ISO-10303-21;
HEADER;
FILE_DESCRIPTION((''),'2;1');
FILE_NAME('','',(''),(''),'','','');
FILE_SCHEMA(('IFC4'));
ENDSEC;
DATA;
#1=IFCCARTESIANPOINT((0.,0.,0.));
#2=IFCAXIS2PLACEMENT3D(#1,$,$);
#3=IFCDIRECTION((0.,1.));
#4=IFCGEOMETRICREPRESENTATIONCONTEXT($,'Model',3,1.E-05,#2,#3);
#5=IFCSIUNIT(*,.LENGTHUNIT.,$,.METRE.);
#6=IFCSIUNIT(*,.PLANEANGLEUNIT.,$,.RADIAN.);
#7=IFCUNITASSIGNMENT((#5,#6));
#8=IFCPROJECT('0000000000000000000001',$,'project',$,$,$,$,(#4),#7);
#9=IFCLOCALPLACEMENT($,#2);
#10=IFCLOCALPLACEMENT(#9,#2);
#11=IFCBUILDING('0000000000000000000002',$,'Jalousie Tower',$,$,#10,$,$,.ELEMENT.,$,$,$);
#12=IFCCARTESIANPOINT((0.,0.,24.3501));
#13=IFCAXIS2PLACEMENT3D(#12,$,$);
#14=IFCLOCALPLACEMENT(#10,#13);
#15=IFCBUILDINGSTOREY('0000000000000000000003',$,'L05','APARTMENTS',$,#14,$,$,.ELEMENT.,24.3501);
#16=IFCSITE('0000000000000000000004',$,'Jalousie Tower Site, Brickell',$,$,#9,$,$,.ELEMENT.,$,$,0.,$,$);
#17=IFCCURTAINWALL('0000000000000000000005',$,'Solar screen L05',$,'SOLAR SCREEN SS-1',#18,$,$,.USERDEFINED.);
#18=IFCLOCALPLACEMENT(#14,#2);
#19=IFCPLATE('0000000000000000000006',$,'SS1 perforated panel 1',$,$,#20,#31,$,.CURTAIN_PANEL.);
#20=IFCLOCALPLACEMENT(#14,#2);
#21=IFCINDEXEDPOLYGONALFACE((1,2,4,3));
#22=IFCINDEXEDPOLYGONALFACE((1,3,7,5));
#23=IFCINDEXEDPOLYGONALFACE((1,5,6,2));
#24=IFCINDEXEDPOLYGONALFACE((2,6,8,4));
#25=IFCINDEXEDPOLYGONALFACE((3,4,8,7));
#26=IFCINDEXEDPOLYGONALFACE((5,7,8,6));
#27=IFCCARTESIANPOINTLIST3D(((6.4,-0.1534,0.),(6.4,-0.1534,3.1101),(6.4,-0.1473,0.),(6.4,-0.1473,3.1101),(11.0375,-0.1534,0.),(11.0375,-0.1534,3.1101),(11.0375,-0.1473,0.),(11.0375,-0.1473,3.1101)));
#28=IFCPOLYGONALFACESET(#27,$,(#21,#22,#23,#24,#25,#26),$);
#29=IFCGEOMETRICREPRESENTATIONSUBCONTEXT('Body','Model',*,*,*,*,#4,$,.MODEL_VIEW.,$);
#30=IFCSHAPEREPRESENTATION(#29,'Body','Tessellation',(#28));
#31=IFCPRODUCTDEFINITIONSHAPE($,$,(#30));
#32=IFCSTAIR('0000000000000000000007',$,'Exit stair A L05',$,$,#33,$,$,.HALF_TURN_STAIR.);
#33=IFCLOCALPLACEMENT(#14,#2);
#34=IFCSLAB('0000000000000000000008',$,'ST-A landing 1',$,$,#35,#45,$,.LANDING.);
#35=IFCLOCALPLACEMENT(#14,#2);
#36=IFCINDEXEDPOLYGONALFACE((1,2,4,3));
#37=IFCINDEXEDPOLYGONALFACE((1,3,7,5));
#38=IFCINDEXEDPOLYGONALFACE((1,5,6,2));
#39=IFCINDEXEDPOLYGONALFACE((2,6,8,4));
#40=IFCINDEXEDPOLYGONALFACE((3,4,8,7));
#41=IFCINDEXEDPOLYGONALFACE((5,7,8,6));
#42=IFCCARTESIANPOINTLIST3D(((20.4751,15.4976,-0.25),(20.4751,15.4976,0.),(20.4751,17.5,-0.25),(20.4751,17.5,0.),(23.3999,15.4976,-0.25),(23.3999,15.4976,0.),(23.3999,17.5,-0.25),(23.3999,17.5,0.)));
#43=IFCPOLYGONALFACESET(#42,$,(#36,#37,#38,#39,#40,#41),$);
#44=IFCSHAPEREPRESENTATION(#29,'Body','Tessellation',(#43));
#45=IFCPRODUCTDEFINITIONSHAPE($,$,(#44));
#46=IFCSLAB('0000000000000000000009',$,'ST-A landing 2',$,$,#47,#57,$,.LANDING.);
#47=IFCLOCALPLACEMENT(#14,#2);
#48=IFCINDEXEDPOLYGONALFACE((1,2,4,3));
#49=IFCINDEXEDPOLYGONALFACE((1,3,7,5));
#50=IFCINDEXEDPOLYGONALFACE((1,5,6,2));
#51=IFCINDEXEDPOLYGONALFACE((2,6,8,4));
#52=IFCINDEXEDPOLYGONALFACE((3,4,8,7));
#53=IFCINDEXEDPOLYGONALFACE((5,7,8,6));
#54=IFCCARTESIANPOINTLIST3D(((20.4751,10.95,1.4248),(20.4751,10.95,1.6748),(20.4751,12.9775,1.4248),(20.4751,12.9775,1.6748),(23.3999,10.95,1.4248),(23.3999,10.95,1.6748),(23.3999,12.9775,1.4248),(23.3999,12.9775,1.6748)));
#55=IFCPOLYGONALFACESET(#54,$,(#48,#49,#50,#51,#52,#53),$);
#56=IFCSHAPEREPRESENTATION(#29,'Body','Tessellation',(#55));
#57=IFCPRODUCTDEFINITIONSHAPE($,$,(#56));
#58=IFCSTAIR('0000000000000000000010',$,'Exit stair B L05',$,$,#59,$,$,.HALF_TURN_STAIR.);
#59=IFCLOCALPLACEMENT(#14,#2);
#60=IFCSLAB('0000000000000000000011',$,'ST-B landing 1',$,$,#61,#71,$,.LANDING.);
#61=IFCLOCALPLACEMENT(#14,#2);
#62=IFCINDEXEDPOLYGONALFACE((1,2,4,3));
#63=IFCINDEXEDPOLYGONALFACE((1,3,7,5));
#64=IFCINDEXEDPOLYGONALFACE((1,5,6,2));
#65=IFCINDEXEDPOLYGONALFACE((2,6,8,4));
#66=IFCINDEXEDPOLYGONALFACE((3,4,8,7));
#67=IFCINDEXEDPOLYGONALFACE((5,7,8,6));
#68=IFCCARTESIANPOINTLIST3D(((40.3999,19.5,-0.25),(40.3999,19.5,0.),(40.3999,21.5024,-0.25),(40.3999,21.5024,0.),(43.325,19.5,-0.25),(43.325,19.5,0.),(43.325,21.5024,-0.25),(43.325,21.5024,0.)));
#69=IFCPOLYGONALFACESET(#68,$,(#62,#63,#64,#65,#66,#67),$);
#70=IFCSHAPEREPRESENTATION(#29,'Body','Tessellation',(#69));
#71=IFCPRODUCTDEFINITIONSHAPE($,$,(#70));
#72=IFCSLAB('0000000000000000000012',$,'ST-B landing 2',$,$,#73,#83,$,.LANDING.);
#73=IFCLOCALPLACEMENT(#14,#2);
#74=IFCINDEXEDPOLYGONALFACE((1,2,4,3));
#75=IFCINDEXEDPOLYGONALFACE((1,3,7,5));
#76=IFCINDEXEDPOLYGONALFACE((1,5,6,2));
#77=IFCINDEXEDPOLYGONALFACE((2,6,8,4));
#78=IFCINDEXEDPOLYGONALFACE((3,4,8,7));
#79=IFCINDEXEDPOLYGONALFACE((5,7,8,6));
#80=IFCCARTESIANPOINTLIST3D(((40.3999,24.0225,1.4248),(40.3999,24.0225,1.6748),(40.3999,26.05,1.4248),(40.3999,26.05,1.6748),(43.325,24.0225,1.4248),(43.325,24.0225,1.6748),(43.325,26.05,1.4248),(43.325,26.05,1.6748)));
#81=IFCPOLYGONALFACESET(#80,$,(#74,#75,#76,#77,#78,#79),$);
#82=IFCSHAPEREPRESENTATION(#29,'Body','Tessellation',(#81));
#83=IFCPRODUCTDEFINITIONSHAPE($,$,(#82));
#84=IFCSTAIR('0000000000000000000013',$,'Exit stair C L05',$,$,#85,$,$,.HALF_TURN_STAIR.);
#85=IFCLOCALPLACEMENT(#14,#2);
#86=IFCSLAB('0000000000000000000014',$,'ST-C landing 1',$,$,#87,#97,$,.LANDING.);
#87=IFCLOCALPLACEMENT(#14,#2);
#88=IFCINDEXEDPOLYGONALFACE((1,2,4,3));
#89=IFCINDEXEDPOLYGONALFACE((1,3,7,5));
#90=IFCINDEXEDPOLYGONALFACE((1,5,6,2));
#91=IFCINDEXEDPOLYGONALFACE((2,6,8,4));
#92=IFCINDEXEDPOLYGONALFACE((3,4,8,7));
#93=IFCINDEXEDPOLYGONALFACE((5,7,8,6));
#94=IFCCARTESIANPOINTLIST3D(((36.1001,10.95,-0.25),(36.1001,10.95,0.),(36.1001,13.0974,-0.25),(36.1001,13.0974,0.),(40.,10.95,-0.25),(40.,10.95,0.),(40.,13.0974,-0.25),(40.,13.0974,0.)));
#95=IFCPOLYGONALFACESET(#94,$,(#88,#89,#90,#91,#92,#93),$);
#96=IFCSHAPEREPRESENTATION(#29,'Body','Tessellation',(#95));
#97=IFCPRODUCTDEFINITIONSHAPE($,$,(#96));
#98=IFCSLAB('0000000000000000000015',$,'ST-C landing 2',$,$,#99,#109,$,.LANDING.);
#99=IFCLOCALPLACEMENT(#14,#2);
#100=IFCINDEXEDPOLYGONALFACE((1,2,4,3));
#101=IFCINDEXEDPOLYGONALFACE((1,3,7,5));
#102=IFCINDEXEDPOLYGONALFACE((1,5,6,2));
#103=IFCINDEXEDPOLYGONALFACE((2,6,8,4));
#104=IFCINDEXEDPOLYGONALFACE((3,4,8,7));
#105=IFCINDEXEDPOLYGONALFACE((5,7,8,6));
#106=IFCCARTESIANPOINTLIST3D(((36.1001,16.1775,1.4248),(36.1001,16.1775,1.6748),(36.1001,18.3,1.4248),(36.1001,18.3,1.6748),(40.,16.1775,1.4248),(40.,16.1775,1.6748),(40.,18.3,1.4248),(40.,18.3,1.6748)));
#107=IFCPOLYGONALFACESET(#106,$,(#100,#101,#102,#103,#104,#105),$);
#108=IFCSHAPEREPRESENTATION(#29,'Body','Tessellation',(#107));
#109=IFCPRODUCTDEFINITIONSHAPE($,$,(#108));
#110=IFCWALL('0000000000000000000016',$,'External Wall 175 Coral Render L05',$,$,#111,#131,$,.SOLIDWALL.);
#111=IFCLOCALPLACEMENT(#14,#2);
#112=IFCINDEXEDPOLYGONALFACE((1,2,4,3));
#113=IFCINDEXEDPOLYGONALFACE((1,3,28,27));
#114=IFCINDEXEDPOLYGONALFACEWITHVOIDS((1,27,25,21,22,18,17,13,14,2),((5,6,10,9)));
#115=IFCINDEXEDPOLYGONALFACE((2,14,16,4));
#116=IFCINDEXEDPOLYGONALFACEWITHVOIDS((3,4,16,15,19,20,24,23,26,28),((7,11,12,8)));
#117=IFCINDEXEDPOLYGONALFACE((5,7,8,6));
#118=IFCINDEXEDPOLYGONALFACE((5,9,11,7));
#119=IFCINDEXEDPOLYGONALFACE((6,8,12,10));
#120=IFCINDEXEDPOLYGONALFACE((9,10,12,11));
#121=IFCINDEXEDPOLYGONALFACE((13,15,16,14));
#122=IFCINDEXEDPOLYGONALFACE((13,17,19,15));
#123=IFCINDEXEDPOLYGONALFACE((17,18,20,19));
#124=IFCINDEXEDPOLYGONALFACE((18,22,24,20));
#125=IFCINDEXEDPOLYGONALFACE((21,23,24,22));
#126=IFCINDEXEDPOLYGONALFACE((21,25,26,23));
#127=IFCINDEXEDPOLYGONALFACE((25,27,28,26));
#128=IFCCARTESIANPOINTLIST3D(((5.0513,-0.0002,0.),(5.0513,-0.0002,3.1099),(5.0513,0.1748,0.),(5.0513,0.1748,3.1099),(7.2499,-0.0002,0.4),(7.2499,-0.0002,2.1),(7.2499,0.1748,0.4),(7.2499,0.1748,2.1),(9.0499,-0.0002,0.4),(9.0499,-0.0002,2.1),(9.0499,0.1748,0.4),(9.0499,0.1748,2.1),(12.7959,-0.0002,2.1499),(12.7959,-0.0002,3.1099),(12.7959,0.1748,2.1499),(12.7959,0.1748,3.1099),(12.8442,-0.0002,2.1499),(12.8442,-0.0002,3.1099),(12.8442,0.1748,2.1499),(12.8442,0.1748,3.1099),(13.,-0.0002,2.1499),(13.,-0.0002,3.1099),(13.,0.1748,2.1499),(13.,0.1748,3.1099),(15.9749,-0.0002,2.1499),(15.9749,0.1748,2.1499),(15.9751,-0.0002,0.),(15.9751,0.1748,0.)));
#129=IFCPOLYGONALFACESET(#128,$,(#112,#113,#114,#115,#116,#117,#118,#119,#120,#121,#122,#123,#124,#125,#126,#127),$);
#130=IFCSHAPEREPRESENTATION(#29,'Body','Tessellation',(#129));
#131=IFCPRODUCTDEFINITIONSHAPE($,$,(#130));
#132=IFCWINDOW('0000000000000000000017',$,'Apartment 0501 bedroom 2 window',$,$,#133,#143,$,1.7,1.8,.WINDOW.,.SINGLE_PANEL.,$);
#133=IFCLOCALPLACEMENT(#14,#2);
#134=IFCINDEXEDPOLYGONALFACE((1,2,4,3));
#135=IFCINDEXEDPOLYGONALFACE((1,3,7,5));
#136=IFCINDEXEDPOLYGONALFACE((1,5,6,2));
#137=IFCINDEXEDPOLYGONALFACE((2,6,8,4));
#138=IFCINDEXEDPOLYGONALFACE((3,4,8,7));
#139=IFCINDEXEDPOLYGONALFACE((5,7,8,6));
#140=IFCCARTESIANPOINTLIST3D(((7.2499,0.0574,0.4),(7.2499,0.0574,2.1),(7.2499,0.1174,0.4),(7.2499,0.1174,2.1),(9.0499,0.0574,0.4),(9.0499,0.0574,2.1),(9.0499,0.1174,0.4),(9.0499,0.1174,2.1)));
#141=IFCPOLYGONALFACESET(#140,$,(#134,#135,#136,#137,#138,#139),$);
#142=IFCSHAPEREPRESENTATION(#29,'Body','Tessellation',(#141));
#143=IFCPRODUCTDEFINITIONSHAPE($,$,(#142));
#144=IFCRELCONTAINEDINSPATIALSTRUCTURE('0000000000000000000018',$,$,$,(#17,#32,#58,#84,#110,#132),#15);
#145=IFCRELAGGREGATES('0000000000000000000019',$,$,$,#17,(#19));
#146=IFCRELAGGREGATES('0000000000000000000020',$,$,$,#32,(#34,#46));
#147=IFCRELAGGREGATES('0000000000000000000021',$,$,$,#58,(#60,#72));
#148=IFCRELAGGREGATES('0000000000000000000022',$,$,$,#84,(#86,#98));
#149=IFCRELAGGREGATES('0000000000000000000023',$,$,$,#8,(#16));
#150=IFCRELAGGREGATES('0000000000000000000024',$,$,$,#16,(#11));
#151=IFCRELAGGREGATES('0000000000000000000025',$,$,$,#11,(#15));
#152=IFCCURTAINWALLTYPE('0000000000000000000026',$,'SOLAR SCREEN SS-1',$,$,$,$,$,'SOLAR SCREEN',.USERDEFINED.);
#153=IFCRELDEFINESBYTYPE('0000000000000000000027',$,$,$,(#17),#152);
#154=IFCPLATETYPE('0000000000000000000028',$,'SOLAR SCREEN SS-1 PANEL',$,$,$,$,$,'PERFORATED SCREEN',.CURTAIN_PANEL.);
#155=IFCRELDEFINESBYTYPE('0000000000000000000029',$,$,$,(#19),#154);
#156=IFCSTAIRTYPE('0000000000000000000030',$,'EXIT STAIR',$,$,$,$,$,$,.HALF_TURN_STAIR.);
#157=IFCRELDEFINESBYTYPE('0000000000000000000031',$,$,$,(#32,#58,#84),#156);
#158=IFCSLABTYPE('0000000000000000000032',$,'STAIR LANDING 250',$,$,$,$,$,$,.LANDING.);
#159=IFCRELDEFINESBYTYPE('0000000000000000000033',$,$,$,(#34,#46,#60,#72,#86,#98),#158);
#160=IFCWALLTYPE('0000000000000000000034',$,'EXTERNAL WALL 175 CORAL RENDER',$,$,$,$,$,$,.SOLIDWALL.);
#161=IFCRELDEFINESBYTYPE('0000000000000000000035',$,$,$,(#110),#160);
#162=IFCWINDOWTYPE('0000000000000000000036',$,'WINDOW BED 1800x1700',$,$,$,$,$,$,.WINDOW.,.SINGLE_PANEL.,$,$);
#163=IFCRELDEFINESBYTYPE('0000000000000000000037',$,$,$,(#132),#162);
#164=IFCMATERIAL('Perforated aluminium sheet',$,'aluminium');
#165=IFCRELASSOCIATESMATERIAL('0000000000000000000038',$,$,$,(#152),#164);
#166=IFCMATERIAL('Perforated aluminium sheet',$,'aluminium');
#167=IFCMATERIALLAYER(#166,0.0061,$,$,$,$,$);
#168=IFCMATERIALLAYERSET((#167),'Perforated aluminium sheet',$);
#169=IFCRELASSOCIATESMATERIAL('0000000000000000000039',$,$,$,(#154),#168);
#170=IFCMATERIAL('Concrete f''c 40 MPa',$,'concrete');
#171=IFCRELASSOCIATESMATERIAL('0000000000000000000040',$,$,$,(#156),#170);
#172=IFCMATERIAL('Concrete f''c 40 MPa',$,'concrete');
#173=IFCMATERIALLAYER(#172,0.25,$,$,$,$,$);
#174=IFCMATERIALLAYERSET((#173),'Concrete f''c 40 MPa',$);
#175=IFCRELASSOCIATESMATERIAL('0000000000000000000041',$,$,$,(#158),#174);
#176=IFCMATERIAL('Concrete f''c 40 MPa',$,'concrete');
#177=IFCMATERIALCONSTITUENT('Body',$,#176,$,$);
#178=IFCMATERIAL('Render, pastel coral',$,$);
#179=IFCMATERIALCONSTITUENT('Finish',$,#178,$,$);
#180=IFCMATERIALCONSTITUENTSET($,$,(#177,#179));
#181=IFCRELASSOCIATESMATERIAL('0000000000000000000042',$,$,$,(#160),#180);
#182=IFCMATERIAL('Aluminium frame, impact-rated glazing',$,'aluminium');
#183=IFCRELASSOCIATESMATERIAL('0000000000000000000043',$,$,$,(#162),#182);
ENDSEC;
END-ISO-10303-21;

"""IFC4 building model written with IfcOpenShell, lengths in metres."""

from ifc_helpers import new_model, si_unit, direction, frame, frame_2d, origin, origin_2d, place, context, subcontext, project, spatial, polyline, rectangle, outline, extrude, material, layer, layer_set, constituent, constituent_set, type_object, element, fill, aggregate, save


model = new_model("IFC4")

# Units and contexts
model_context = context("Model", 3, precision=1e-05, world=origin(), true_north=direction((0.0, 1.0)))
body_context = subcontext(model_context, "Body", "Model", "MODEL_VIEW")
ifc_project = project(units=[si_unit("LENGTHUNIT", "METRE"), si_unit("PLANEANGLEUNIT", "RADIAN")], contexts=[model_context])

# Site, building, storey
site_placement = place(None, origin())
site = spatial("IfcSite", under=ifc_project, at=site_placement, Name="Jalousie Tower Site, Brickell", CompositionType="ELEMENT", RefElevation=0.0)
building_placement = place(site_placement, origin())
building = spatial("IfcBuilding", under=site, at=building_placement, Name="Jalousie Tower", CompositionType="ELEMENT")
storey_placement = place(building_placement, frame((0.0, 0.0, 24.3501)))
storey = spatial("IfcBuildingStorey", under=building, at=storey_placement, Name="L05", Description="APARTMENTS", CompositionType="ELEMENT", Elevation=24.3501)

# Curtain wall
ifc_material_1 = material(Name="Perforated aluminium sheet", Category="aluminium")
curtain_wall_type_1 = type_object("IfcCurtainWallType", Name="SOLAR SCREEN SS-1", ElementType="SOLAR SCREEN", PredefinedType="USERDEFINED", material=ifc_material_1)
curtain_wall_1_placement = place(storey_placement, origin())
curtain_wall_1 = element("IfcCurtainWall", 1, at=curtain_wall_1_placement, inside=storey, type_object=curtain_wall_type_1, Name="Solar screen L05", ObjectType="SOLAR SCREEN SS-1", PredefinedType="USERDEFINED")

# Plate
ifc_material_2 = material(Name="Perforated aluminium sheet", Category="aluminium")
ifc_layer_1 = layer(ifc_material_2, 0.0061)
ifc_layer_set_1 = layer_set([ifc_layer_1], Name="Perforated aluminium sheet")
plate_type_1 = type_object("IfcPlateType", Name="SOLAR SCREEN SS-1 PANEL", ElementType="PERFORATED SCREEN", PredefinedType="CURTAIN_PANEL", material=ifc_layer_set_1)
plate_1_placement = place(storey_placement, frame((8.7188, -0.1504, 0.0), z_axis=(0.0, 0.0, 1.0), x_axis=(1.0, 0.0, 0.0)))
plate_1 = element("IfcPlate", 2, at=plate_1_placement, type_object=plate_type_1, Name="SS1 perforated panel 1", PredefinedType="CURTAIN_PANEL", context=body_context, shape_type="SweptSolid", body=[
    extrude(rectangle(XDim=4.6375, YDim=0.0061, at=origin_2d()), origin(), (0.0, 0.0, 1.0), 3.1101),
])
aggregate(curtain_wall_1, [plate_1])

# Stairs, slabs
ifc_material_3 = material(Name="Concrete f'c 40 MPa", Category="concrete")
stair_type = type_object("IfcStairType", Name="EXIT STAIR", PredefinedType="HALF_TURN_STAIR", material=ifc_material_3)
stair_1_placement = place(storey_placement, origin())
stair_1 = element("IfcStair", 3, at=stair_1_placement, inside=storey, type_object=stair_type, Name="Exit stair A L05", PredefinedType="HALF_TURN_STAIR")
ifc_material_4 = material(Name="Concrete f'c 40 MPa", Category="concrete")
ifc_layer_2 = layer(ifc_material_4, 0.25)
ifc_layer_set_2 = layer_set([ifc_layer_2], Name="Concrete f'c 40 MPa")
slab_type_1 = type_object("IfcSlabType", Name="STAIR LANDING 250", PredefinedType="LANDING", material=ifc_layer_set_2)
slab_1_placement = place(storey_placement, frame((0.0, 0.0, -0.25)))
slab_1 = element("IfcSlab", 4, at=slab_1_placement, type_object=slab_type_1, Name="ST-A landing 1", PredefinedType="LANDING", context=body_context, shape_type="SweptSolid", body=[
    extrude(outline(polyline([(20.4751, 15.4976), (23.3999, 15.4976), (23.3999, 17.5), (20.4751, 17.5), (20.4751, 15.4976)])), origin(), (0.0, 0.0, 1.0), 0.25),
])
slab_2_placement = place(storey_placement, frame((0.0, 0.0, 1.4248)))
slab_2 = element("IfcSlab", 5, at=slab_2_placement, type_object=slab_type_1, Name="ST-A landing 2", PredefinedType="LANDING", context=body_context, shape_type="SweptSolid", body=[
    extrude(outline(polyline([(20.4751, 10.95), (23.3999, 10.95), (23.3999, 12.9775), (20.4751, 12.9775), (20.4751, 10.95)])), origin(), (0.0, 0.0, 1.0), 0.25),
])
aggregate(stair_1, [slab_1, slab_2])
stair_2_placement = place(storey_placement, origin())
stair_2 = element("IfcStair", 6, at=stair_2_placement, inside=storey, type_object=stair_type, Name="Exit stair B L05", PredefinedType="HALF_TURN_STAIR")
slab_3_placement = place(storey_placement, frame((0.0, 0.0, -0.25)))
slab_3 = element("IfcSlab", 7, at=slab_3_placement, type_object=slab_type_1, Name="ST-B landing 1", PredefinedType="LANDING", context=body_context, shape_type="SweptSolid", body=[
    extrude(outline(polyline([(40.3999, 19.5), (43.325, 19.5), (43.325, 21.5024), (40.3999, 21.5024), (40.3999, 19.5)])), origin(), (0.0, 0.0, 1.0), 0.25),
])
slab_4_placement = place(storey_placement, frame((0.0, 0.0, 1.4248)))
slab_4 = element("IfcSlab", 8, at=slab_4_placement, type_object=slab_type_1, Name="ST-B landing 2", PredefinedType="LANDING", context=body_context, shape_type="SweptSolid", body=[
    extrude(outline(polyline([(40.3999, 24.0225), (43.325, 24.0225), (43.325, 26.05), (40.3999, 26.05), (40.3999, 24.0225)])), origin(), (0.0, 0.0, 1.0), 0.25),
])
aggregate(stair_2, [slab_3, slab_4])
stair_3_placement = place(storey_placement, origin())
stair_3 = element("IfcStair", 9, at=stair_3_placement, inside=storey, type_object=stair_type, Name="Exit stair C L05", PredefinedType="HALF_TURN_STAIR")
slab_5_placement = place(storey_placement, frame((0.0, 0.0, -0.25)))
slab_5 = element("IfcSlab", 10, at=slab_5_placement, type_object=slab_type_1, Name="ST-C landing 1", PredefinedType="LANDING", context=body_context, shape_type="SweptSolid", body=[
    extrude(outline(polyline([(36.1001, 10.95), (40.0, 10.95), (40.0, 13.0974), (36.1001, 13.0974), (36.1001, 10.95)])), origin(), (0.0, 0.0, 1.0), 0.25),
])
slab_6_placement = place(storey_placement, frame((0.0, 0.0, 1.4248)))
slab_6 = element("IfcSlab", 11, at=slab_6_placement, type_object=slab_type_1, Name="ST-C landing 2", PredefinedType="LANDING", context=body_context, shape_type="SweptSolid", body=[
    extrude(outline(polyline([(36.1001, 16.1775), (40.0, 16.1775), (40.0, 18.3), (36.1001, 18.3), (36.1001, 16.1775)])), origin(), (0.0, 0.0, 1.0), 0.25),
])
aggregate(stair_3, [slab_5, slab_6])

# Wall, opening, window
ifc_material_5 = material(Name="Concrete f'c 40 MPa", Category="concrete")
ifc_constituent_1 = constituent(ifc_material_5, Name="Body")
ifc_material_6 = material(Name="Render, pastel coral")
ifc_constituent_2 = constituent(ifc_material_6, Name="Finish")
ifc_constituent_set_1 = constituent_set(constituents=[ifc_constituent_1, ifc_constituent_2])
wall_type_1 = type_object("IfcWallType", Name="EXTERNAL WALL 175 CORAL RENDER", PredefinedType="SOLIDWALL", material=ifc_constituent_set_1)
wall_1_placement = place(storey_placement, frame((5.0513, 0.0874, 0.0), z_axis=(0.0, 0.0, 1.0), x_axis=(1.0, 0.0, 0.0)))
wall_1 = element("IfcWall", 12, at=wall_1_placement, inside=storey, type_object=wall_type_1, Name="External Wall 175 Coral Render L05", PredefinedType="SOLIDWALL", context=body_context, shape_type="SweptSolid", body=[
    extrude(outline(polyline([(0.0, 0.0), (10.9238, 0.0), (10.9236, 2.1499), (7.9487, 2.1499), (7.9487, 3.1099), (7.793, 3.1099), (7.793, 2.1499), (7.7446, 2.1499), (7.7446, 3.1099), (0.0, 3.1099), (0.0, 0.0)])), frame((0.0, 0.0874, 0.0), z_axis=(0.0, -1.0, 0.0), x_axis=(1.0, 0.0, 0.0)), (0.0, 0.0, 1.0), 0.175),
])
opening_1_placement = place(wall_1_placement, frame((2.1987, 0.0, 0.3999)))
opening_1 = element("IfcOpeningElement", 13, at=opening_1_placement, cuts=wall_1, PredefinedType="OPENING", context=body_context, shape_type="SweptSolid", body=[
    extrude(rectangle(XDim=1.8, YDim=1.7, at=frame_2d((0.8999, 0.8501))), frame((0.0, 0.0974, 0.0), z_axis=(0.0, -1.0, 0.0), x_axis=(1.0, 0.0, 0.0)), (0.0, 0.0, 1.0), 0.1951),
])
ifc_material_7 = material(Name="Aluminium frame, impact-rated glazing", Category="aluminium")
window_type = type_object("IfcWindowType", Name="WINDOW BED 1800x1700", PartitioningType="SINGLE_PANEL", PredefinedType="WINDOW", material=ifc_material_7)
window_placement = place(opening_1_placement, origin())
window = element("IfcWindow", 14, at=window_placement, inside=storey, type_object=window_type, Name="Apartment 0501 bedroom 2 window", OverallHeight=1.7, OverallWidth=1.8, PartitioningType="SINGLE_PANEL", PredefinedType="WINDOW", context=body_context, shape_type="SweptSolid", body=[
    extrude(rectangle(XDim=1.8, YDim=1.7, at=frame_2d((0.8999, 0.8501))), frame((0.0, 0.03, 0.0), z_axis=(0.0, -1.0, 0.0), x_axis=(1.0, 0.0, 0.0)), (0.0, 0.0, 1.0), 0.0601),
])
fill(opening_1, window)

save(model, "model.ifc")
